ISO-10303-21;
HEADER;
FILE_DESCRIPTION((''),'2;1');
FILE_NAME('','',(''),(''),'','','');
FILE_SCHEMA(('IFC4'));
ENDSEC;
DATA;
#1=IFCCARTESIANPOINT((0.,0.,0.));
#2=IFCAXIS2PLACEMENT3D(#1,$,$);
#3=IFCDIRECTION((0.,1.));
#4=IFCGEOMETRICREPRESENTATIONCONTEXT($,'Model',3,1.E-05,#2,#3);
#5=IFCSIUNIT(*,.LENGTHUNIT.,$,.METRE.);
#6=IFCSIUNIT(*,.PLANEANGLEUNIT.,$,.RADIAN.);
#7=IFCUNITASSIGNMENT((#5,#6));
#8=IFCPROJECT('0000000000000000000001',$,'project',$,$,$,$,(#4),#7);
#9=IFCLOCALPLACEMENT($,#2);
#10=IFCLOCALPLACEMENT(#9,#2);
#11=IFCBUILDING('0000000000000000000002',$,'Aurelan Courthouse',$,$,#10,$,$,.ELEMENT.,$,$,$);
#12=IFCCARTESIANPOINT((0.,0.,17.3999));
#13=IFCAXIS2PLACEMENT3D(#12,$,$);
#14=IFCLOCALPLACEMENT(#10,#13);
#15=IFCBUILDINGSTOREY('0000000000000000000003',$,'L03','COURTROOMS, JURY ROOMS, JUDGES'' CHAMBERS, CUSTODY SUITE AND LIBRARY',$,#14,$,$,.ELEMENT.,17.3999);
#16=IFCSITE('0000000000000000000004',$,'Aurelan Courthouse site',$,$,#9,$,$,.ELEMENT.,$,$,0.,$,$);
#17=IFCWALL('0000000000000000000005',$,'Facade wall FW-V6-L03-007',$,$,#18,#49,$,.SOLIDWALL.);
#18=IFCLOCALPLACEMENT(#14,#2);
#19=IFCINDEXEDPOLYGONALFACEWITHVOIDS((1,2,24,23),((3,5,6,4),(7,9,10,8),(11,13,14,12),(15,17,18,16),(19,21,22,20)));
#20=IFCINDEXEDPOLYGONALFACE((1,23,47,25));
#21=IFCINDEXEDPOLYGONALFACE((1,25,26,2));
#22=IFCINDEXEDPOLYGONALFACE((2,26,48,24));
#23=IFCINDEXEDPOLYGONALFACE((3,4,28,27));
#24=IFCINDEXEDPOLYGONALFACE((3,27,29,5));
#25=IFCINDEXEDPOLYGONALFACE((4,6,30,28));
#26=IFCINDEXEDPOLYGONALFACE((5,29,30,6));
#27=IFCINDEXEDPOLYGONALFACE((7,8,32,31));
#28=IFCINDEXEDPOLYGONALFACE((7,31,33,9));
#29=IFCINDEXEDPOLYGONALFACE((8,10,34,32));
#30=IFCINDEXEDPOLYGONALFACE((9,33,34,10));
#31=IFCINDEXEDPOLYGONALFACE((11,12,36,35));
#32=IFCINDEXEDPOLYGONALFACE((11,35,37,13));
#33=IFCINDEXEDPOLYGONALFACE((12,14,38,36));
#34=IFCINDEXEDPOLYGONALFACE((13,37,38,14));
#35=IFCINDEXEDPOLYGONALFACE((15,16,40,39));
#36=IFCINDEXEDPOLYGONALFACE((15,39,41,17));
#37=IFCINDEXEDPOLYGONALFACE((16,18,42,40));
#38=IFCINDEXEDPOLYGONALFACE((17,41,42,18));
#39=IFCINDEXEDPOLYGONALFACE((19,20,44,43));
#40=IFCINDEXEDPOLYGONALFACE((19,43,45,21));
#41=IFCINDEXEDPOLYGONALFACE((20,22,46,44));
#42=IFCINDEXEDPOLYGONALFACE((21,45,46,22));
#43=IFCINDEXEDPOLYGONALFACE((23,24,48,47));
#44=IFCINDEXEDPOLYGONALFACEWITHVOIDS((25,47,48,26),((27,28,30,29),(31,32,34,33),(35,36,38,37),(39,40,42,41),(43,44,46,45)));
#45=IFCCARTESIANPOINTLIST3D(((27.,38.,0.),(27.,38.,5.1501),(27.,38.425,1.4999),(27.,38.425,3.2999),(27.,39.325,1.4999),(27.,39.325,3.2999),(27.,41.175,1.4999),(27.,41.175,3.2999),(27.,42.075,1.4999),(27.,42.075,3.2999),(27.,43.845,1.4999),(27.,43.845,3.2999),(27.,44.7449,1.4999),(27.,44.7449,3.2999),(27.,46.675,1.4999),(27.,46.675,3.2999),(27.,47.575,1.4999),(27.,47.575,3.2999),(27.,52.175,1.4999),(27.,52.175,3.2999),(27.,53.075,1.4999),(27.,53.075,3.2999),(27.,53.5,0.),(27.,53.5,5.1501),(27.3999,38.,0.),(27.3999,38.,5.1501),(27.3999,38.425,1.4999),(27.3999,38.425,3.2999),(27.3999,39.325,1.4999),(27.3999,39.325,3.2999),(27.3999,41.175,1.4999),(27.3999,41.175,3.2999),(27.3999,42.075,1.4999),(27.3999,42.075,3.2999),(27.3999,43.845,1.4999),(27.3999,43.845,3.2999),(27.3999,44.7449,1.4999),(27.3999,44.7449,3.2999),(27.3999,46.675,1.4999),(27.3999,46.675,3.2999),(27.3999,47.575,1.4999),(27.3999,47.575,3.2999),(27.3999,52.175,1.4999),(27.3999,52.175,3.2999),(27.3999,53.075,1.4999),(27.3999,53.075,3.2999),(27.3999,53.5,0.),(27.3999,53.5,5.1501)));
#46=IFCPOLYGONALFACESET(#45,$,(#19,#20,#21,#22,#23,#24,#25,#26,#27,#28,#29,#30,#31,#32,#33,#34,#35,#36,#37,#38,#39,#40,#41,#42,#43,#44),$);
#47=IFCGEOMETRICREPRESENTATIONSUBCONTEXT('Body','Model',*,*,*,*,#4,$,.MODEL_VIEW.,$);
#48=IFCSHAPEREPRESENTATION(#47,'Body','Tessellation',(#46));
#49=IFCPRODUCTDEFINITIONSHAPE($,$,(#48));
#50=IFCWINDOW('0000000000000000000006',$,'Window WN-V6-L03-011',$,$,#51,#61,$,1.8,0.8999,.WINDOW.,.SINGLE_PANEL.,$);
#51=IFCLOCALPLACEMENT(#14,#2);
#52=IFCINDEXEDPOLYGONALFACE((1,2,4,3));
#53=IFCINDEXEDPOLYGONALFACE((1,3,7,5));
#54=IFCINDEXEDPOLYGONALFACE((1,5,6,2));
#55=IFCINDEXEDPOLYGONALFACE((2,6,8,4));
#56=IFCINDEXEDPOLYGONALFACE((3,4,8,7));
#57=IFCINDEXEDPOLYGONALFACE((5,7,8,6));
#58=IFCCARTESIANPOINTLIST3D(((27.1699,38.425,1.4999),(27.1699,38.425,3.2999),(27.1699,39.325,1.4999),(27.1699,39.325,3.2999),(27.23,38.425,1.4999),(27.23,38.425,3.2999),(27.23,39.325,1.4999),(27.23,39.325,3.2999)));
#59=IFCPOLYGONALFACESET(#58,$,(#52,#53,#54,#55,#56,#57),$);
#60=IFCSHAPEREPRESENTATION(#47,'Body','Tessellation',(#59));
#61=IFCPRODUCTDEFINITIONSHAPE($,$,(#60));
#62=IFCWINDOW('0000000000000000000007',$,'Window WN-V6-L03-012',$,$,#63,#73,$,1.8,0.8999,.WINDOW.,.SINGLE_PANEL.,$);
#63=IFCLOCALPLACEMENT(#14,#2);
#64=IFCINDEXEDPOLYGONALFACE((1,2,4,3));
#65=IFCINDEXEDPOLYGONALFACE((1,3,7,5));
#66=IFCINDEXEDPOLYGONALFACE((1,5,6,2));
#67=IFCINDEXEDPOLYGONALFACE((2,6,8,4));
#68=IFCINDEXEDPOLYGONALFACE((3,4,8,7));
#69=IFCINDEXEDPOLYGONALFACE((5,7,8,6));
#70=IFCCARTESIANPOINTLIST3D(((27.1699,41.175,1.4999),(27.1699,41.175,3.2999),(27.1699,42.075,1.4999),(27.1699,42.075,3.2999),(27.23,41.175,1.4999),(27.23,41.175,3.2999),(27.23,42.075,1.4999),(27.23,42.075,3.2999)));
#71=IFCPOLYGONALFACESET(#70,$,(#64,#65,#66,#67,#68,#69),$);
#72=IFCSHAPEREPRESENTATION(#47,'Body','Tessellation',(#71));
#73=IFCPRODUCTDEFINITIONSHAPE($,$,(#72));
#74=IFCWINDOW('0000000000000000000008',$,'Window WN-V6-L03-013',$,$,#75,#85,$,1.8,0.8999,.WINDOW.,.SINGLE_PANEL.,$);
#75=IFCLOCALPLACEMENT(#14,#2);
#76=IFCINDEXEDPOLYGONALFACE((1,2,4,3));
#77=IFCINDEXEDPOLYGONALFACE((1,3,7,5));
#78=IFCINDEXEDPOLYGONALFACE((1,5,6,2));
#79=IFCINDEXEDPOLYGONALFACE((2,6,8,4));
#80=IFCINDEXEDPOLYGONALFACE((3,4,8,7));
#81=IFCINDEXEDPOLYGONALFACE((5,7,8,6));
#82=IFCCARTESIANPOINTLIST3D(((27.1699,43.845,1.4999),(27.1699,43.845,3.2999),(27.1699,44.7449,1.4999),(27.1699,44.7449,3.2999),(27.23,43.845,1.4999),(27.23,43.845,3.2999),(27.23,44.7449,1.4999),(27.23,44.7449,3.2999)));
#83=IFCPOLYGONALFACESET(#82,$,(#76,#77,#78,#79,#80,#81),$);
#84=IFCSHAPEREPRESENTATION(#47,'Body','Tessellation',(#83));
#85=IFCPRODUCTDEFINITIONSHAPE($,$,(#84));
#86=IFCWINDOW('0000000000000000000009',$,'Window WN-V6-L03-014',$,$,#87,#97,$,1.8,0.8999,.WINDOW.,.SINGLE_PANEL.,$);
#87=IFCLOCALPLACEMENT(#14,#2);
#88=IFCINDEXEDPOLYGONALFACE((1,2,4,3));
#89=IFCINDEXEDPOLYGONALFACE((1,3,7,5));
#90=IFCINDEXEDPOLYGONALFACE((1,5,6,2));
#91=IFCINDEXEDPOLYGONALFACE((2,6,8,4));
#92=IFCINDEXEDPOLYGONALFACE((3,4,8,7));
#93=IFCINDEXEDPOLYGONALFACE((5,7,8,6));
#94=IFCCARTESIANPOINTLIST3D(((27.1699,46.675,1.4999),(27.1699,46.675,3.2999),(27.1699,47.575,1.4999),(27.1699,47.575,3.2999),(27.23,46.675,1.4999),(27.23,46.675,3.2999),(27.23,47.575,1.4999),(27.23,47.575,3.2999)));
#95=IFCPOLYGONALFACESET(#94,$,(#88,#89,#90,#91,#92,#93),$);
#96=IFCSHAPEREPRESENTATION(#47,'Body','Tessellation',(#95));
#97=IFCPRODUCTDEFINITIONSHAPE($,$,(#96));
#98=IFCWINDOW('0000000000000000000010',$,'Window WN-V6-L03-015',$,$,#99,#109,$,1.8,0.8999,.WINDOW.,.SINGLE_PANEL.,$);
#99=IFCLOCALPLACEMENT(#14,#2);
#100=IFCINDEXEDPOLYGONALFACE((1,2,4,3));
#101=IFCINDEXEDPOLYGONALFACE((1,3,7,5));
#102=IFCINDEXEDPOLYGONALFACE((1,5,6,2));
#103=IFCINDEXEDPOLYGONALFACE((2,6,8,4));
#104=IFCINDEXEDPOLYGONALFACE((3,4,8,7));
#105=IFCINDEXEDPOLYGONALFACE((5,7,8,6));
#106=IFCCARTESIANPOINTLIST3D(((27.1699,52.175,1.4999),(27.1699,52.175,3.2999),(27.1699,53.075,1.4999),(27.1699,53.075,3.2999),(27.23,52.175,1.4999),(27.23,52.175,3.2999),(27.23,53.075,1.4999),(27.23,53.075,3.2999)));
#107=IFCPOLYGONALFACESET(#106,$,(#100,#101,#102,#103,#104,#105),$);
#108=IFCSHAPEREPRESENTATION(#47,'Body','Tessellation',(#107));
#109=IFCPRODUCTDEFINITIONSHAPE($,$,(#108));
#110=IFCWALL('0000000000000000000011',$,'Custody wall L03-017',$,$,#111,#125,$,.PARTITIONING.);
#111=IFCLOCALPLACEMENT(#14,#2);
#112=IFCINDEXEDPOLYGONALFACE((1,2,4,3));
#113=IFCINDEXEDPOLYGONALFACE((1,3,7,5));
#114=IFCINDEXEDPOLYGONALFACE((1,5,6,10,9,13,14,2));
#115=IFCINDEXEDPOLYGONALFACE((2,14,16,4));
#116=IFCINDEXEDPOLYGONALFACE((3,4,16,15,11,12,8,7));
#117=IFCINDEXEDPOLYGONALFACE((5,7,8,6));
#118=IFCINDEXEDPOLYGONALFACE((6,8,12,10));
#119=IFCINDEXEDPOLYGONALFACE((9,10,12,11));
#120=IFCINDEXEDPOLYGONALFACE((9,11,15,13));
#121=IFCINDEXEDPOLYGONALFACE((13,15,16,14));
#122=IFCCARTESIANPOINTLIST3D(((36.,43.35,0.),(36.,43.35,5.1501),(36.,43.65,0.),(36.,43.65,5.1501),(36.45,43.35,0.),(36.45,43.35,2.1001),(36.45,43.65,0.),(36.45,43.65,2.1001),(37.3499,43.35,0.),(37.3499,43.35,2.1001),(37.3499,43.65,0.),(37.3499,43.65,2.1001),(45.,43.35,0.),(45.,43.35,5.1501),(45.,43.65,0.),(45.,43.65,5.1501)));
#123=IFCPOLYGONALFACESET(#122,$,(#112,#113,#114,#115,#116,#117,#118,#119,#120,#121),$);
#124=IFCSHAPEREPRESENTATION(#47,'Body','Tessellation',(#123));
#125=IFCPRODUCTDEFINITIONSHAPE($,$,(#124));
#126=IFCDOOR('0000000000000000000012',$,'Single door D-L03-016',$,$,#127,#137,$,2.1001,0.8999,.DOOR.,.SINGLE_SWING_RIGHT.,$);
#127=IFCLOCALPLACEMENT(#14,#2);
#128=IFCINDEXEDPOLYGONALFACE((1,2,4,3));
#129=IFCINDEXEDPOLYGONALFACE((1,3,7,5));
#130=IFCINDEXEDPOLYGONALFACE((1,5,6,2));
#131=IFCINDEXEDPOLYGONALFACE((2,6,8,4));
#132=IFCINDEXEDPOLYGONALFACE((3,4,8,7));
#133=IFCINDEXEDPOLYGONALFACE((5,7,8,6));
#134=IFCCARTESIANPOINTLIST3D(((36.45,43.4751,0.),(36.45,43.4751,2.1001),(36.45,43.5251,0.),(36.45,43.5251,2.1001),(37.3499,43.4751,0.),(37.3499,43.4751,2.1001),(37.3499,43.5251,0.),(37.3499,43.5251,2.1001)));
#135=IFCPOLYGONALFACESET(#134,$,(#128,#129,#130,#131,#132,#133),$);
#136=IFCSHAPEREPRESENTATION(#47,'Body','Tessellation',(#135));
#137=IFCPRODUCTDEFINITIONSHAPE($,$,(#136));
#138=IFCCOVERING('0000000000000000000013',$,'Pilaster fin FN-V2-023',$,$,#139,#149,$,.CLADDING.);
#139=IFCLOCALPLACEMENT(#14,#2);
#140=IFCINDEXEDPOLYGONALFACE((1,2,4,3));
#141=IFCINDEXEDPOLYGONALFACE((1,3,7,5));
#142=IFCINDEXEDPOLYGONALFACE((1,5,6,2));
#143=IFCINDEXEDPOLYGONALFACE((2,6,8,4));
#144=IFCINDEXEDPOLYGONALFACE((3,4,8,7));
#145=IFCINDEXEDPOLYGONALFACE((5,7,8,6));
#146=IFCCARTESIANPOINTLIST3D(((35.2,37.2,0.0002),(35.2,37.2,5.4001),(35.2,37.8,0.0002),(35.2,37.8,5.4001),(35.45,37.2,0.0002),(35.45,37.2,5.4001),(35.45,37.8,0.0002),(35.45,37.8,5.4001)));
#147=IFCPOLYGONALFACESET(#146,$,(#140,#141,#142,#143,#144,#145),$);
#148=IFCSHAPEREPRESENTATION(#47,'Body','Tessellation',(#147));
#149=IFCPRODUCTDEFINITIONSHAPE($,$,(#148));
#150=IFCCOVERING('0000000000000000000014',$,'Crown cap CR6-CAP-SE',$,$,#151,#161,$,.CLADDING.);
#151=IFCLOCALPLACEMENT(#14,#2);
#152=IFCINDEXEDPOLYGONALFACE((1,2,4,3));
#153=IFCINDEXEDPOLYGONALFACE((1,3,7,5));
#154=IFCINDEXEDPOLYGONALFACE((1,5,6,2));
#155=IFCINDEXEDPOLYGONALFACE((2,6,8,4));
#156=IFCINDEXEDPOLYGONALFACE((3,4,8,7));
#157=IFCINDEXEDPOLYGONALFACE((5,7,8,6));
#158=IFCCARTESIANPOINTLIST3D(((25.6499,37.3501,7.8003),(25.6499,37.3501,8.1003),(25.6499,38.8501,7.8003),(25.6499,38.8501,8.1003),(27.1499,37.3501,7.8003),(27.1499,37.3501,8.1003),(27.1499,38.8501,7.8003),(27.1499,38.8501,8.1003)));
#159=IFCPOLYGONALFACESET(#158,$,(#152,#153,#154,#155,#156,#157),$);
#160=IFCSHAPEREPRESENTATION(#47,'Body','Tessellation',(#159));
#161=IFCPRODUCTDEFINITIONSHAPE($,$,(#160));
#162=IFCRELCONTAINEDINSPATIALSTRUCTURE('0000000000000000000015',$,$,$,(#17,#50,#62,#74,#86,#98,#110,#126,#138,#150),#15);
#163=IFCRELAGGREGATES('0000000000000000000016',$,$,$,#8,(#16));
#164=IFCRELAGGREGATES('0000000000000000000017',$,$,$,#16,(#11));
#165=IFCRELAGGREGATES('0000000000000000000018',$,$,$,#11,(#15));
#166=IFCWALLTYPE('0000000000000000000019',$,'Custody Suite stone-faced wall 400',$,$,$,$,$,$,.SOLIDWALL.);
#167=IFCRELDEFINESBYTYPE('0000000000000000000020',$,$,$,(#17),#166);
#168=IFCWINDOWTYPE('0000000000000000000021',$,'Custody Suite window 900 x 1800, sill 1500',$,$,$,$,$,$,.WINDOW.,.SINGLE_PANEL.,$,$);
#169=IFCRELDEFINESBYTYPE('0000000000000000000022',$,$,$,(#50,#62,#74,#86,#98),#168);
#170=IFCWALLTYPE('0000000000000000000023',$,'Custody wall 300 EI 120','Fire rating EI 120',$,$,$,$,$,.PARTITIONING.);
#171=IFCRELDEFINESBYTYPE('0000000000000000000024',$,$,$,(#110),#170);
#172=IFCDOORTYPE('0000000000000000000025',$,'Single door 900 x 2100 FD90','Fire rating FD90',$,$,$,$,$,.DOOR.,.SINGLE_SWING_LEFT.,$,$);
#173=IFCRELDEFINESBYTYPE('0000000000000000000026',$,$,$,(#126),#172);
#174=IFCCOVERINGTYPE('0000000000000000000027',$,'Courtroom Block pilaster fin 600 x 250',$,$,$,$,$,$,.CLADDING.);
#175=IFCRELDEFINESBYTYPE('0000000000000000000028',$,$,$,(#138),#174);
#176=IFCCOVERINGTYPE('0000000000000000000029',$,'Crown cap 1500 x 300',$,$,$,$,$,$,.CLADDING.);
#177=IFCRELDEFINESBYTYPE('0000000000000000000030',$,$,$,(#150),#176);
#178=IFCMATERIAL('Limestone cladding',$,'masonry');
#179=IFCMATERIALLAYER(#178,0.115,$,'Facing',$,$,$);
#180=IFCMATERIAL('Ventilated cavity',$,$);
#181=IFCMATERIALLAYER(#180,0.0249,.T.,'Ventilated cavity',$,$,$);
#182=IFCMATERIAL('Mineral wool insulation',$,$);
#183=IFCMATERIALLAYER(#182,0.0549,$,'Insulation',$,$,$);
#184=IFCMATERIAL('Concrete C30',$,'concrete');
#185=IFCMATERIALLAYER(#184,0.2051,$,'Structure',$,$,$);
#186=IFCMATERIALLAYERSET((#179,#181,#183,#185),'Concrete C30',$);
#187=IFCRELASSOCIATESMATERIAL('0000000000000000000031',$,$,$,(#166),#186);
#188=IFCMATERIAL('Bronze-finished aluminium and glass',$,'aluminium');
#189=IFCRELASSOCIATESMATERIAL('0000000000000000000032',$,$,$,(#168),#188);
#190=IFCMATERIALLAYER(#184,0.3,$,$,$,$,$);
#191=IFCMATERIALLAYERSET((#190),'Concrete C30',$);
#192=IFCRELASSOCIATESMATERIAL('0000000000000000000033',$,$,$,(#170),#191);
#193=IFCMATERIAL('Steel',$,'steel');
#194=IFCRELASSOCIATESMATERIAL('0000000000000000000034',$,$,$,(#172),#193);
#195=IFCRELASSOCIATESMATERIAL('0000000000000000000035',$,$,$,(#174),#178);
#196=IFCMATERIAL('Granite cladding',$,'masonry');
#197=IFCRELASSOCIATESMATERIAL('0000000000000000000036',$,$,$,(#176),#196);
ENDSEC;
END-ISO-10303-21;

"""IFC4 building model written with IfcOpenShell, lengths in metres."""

from ifc_helpers import new_model, si_unit, direction, frame, frame_2d, origin, origin_2d, place, context, subcontext, project, spatial, rectangle, extrude, material, layer, layer_set, type_object, element, fill, save


model = new_model("IFC4")

# Units and contexts
model_context = context("Model", 3, precision=1e-05, world=origin(), true_north=direction((0.0, 1.0)))
body_context = subcontext(model_context, "Body", "Model", "MODEL_VIEW")
ifc_project = project(units=[si_unit("LENGTHUNIT", "METRE"), si_unit("PLANEANGLEUNIT", "RADIAN")], contexts=[model_context])

# Site, building, storey
site_placement = place(None, origin())
site = spatial("IfcSite", under=ifc_project, at=site_placement, Name="Aurelan Courthouse site", CompositionType="ELEMENT", RefElevation=0.0)
building_placement = place(site_placement, origin())
building = spatial("IfcBuilding", under=site, at=building_placement, Name="Aurelan Courthouse", CompositionType="ELEMENT")
storey_placement = place(building_placement, frame((0.0, 0.0, 17.3999)))
storey = spatial("IfcBuildingStorey", under=building, at=storey_placement, Name="L03", Description="COURTROOMS, JURY ROOMS, JUDGES' CHAMBERS, CUSTODY SUITE AND LIBRARY", CompositionType="ELEMENT", Elevation=17.3999)

# Shared definitions
ifc_material_1 = material(Name="Limestone cladding", Category="masonry")

# Wall, openings, windows
ifc_material_2 = material(Name="Ventilated cavity")
ifc_material_3 = material(Name="Mineral wool insulation")
ifc_material_4 = material(Name="Concrete C30", Category="concrete")
ifc_material_5 = material(Name="Bronze-finished aluminium and glass", Category="aluminium")
ifc_layer_1 = layer(ifc_material_1, 0.115, Name="Facing")
ifc_layer_2 = layer(ifc_material_2, 0.0249, ventilated=True, Name="Ventilated cavity")
ifc_layer_3 = layer(ifc_material_3, 0.0549, Name="Insulation")
ifc_layer_4 = layer(ifc_material_4, 0.2051, Name="Structure")
ifc_layer_set_1 = layer_set([ifc_layer_1, ifc_layer_2, ifc_layer_3, ifc_layer_4], Name="Concrete C30")
wall_type_1 = type_object("IfcWallType", Name="Custody Suite stone-faced wall 400", PredefinedType="SOLIDWALL", material=ifc_layer_set_1)
wall_1_placement = place(storey_placement, frame((27.2, 38.0, 0.0), z_axis=(0.0, 0.0, 1.0), x_axis=(0.0, 1.0, 0.0)))
wall_1 = element("IfcWall", 1, at=wall_1_placement, inside=storey, type_object=wall_type_1, Name="Facade wall FW-V6-L03-007", PredefinedType="SOLIDWALL", context=body_context, shape_type="SweptSolid", body=[
    extrude(rectangle(XDim=15.5, YDim=0.3999, at=frame_2d((7.75, 0.0))), origin(), (0.0, 0.0, 1.0), 5.1501),
])
opening_1_placement = place(wall_1_placement, frame((0.425, 0.0, 1.5)))
opening_1 = element("IfcOpeningElement", 2, at=opening_1_placement, cuts=wall_1, PredefinedType="OPENING", context=body_context, shape_type="SweptSolid", body=[
    extrude(rectangle(XDim=0.8999, YDim=1.8, at=frame_2d((0.45, 0.8999))), frame((0.0, 0.21, 0.0), z_axis=(0.0, -1.0, 0.0), x_axis=(1.0, 0.0, 0.0)), (0.0, 0.0, 1.0), 0.4199),
])
opening_2_placement = place(wall_1_placement, frame((3.175, 0.0, 1.5)))
opening_2 = element("IfcOpeningElement", 3, at=opening_2_placement, cuts=wall_1, PredefinedType="OPENING", context=body_context, shape_type="SweptSolid", body=[
    extrude(rectangle(XDim=0.8999, YDim=1.8, at=frame_2d((0.45, 0.8999))), frame((0.0, 0.21, 0.0), z_axis=(0.0, -1.0, 0.0), x_axis=(1.0, 0.0, 0.0)), (0.0, 0.0, 1.0), 0.4199),
])
opening_3_placement = place(wall_1_placement, frame((5.845, 0.0, 1.5)))
opening_3 = element("IfcOpeningElement", 4, at=opening_3_placement, cuts=wall_1, PredefinedType="OPENING", context=body_context, shape_type="SweptSolid", body=[
    extrude(rectangle(XDim=0.8999, YDim=1.8, at=frame_2d((0.45, 0.8999))), frame((0.0, 0.21, 0.0), z_axis=(0.0, -1.0, 0.0), x_axis=(1.0, 0.0, 0.0)), (0.0, 0.0, 1.0), 0.4199),
])
opening_4_placement = place(wall_1_placement, frame((8.675, 0.0, 1.5)))
opening_4 = element("IfcOpeningElement", 5, at=opening_4_placement, cuts=wall_1, PredefinedType="OPENING", context=body_context, shape_type="SweptSolid", body=[
    extrude(rectangle(XDim=0.8999, YDim=1.8, at=frame_2d((0.45, 0.8999))), frame((0.0, 0.21, 0.0), z_axis=(0.0, -1.0, 0.0), x_axis=(1.0, 0.0, 0.0)), (0.0, 0.0, 1.0), 0.4199),
])
opening_5_placement = place(wall_1_placement, frame((14.175, 0.0, 1.5)))
opening_5 = element("IfcOpeningElement", 6, at=opening_5_placement, cuts=wall_1, PredefinedType="OPENING", context=body_context, shape_type="SweptSolid", body=[
    extrude(rectangle(XDim=0.8999, YDim=1.8, at=frame_2d((0.45, 0.8999))), frame((0.0, 0.21, 0.0), z_axis=(0.0, -1.0, 0.0), x_axis=(1.0, 0.0, 0.0)), (0.0, 0.0, 1.0), 0.4199),
])
window_type_1 = type_object("IfcWindowType", Name="Custody Suite window 900 x 1800, sill 1500", PartitioningType="SINGLE_PANEL", PredefinedType="WINDOW", material=ifc_material_5)
window_1_placement = place(opening_1_placement, origin())
window_1 = element("IfcWindow", 7, at=window_1_placement, inside=storey, type_object=window_type_1, Name="Window WN-V6-L03-011", OverallHeight=1.8, OverallWidth=0.8999, PartitioningType="SINGLE_PANEL", PredefinedType="WINDOW", context=body_context, shape_type="SweptSolid", body=[
    extrude(rectangle(XDim=0.8999, YDim=1.8, at=frame_2d((0.45, 0.8999))), frame((0.0, 0.03, 0.0), z_axis=(0.0, -1.0, 0.0), x_axis=(1.0, 0.0, 0.0)), (0.0, 0.0, 1.0), 0.0601),
])
fill(opening_1, window_1)
window_2_placement = place(opening_2_placement, origin())
window_2 = element("IfcWindow", 8, at=window_2_placement, inside=storey, type_object=window_type_1, Name="Window WN-V6-L03-012", OverallHeight=1.8, OverallWidth=0.8999, PartitioningType="SINGLE_PANEL", PredefinedType="WINDOW", context=body_context, shape_type="SweptSolid", body=[
    extrude(rectangle(XDim=0.8999, YDim=1.8, at=frame_2d((0.45, 0.8999))), frame((0.0, 0.03, 0.0), z_axis=(0.0, -1.0, 0.0), x_axis=(1.0, 0.0, 0.0)), (0.0, 0.0, 1.0), 0.0601),
])
fill(opening_2, window_2)
window_3_placement = place(opening_3_placement, origin())
window_3 = element("IfcWindow", 9, at=window_3_placement, inside=storey, type_object=window_type_1, Name="Window WN-V6-L03-013", OverallHeight=1.8, OverallWidth=0.8999, PartitioningType="SINGLE_PANEL", PredefinedType="WINDOW", context=body_context, shape_type="SweptSolid", body=[
    extrude(rectangle(XDim=0.8999, YDim=1.8, at=frame_2d((0.45, 0.8999))), frame((0.0, 0.03, 0.0), z_axis=(0.0, -1.0, 0.0), x_axis=(1.0, 0.0, 0.0)), (0.0, 0.0, 1.0), 0.0601),
])
fill(opening_3, window_3)
window_4_placement = place(opening_4_placement, origin())
window_4 = element("IfcWindow", 10, at=window_4_placement, inside=storey, type_object=window_type_1, Name="Window WN-V6-L03-014", OverallHeight=1.8, OverallWidth=0.8999, PartitioningType="SINGLE_PANEL", PredefinedType="WINDOW", context=body_context, shape_type="SweptSolid", body=[
    extrude(rectangle(XDim=0.8999, YDim=1.8, at=frame_2d((0.45, 0.8999))), frame((0.0, 0.03, 0.0), z_axis=(0.0, -1.0, 0.0), x_axis=(1.0, 0.0, 0.0)), (0.0, 0.0, 1.0), 0.0601),
])
fill(opening_4, window_4)
window_5_placement = place(opening_5_placement, origin())
window_5 = element("IfcWindow", 11, at=window_5_placement, inside=storey, type_object=window_type_1, Name="Window WN-V6-L03-015", OverallHeight=1.8, OverallWidth=0.8999, PartitioningType="SINGLE_PANEL", PredefinedType="WINDOW", context=body_context, shape_type="SweptSolid", body=[
    extrude(rectangle(XDim=0.8999, YDim=1.8, at=frame_2d((0.45, 0.8999))), frame((0.0, 0.03, 0.0), z_axis=(0.0, -1.0, 0.0), x_axis=(1.0, 0.0, 0.0)), (0.0, 0.0, 1.0), 0.0601),
])
fill(opening_5, window_5)

# Wall, opening, door
ifc_layer_5 = layer(ifc_material_4, 0.3)
ifc_layer_set_2 = layer_set([ifc_layer_5], Name="Concrete C30")
wall_type_2 = type_object("IfcWallType", Name="Custody wall 300 EI 120", Description="Fire rating EI 120", PredefinedType="PARTITIONING", material=ifc_layer_set_2)
wall_2_placement = place(storey_placement, frame((36.0, 43.5, 0.0), z_axis=(0.0, 0.0, 1.0), x_axis=(1.0, 0.0, 0.0)))
wall_2 = element("IfcWall", 12, at=wall_2_placement, inside=storey, type_object=wall_type_2, Name="Custody wall L03-017", PredefinedType="PARTITIONING", context=body_context, shape_type="SweptSolid", body=[
    extrude(rectangle(XDim=9.0, YDim=0.3, at=frame_2d((4.5, 0.0))), origin(), (0.0, 0.0, 1.0), 5.1501),
])
opening_6_placement = place(wall_2_placement, frame((1.3499, 0.0, 0.0), z_axis=(0.0, 0.0, 1.0), x_axis=(-1.0, 0.0, 0.0)))
opening_6 = element("IfcOpeningElement", 13, at=opening_6_placement, cuts=wall_2, PredefinedType="OPENING", context=body_context, shape_type="SweptSolid", body=[
    extrude(rectangle(XDim=0.8999, YDim=2.1001, at=frame_2d((0.45, 1.05))), frame((0.0, 0.1599, 0.0), z_axis=(0.0, -1.0, 0.0), x_axis=(1.0, 0.0, 0.0)), (0.0, 0.0, 1.0), 0.3201),
])
ifc_material_6 = material(Name="Steel", Category="steel")
door_type = type_object("IfcDoorType", Name="Single door 900 x 2100 FD90", Description="Fire rating FD90", OperationType="SINGLE_SWING_LEFT", PredefinedType="DOOR", material=ifc_material_6)
door_placement = place(opening_6_placement, origin())
door = element("IfcDoor", 14, at=door_placement, inside=storey, type_object=door_type, Name="Single door D-L03-016", OperationType="SINGLE_SWING_RIGHT", OverallHeight=2.1001, OverallWidth=0.8999, PredefinedType="DOOR", context=body_context, shape_type="SweptSolid", body=[
    extrude(rectangle(XDim=0.8999, YDim=2.1001, at=frame_2d((0.45, 1.05))), frame((0.0, 0.0249, 0.0), z_axis=(0.0, -1.0, 0.0), x_axis=(1.0, 0.0, 0.0)), (0.0, 0.0, 1.0), 0.05),
])
fill(opening_6, door)

# Coverings
covering_type_1 = type_object("IfcCoveringType", Name="Courtroom Block pilaster fin 600 x 250", PredefinedType="CLADDING", material=ifc_material_1)
covering_1_placement = place(storey_placement, frame((35.325, 37.5, 0.0002), z_axis=(0.0, 0.0, 1.0), x_axis=(1.0, 0.0, 0.0)))
element("IfcCovering", 15, at=covering_1_placement, inside=storey, type_object=covering_type_1, Name="Pilaster fin FN-V2-023", PredefinedType="CLADDING", context=body_context, shape_type="SweptSolid", body=[
    extrude(rectangle(XDim=0.25, YDim=0.6001, at=origin_2d()), origin(), (0.0, 0.0, 1.0), 5.3999),
])
ifc_material_7 = material(Name="Granite cladding", Category="masonry")
covering_type_2 = type_object("IfcCoveringType", Name="Crown cap 1500 x 300", PredefinedType="CLADDING", material=ifc_material_7)
covering_2_placement = place(storey_placement, frame((26.3999, 38.1001, 7.8003), z_axis=(0.0, 0.0, 1.0), x_axis=(1.0, 0.0, 0.0)))
element("IfcCovering", 16, at=covering_2_placement, inside=storey, type_object=covering_type_2, Name="Crown cap CR6-CAP-SE", PredefinedType="CLADDING", context=body_context, shape_type="SweptSolid", body=[
    extrude(rectangle(XDim=1.5, YDim=1.5, at=origin_2d()), origin(), (0.0, 0.0, 1.0), 0.3),
])

save(model, "model.ifc")
